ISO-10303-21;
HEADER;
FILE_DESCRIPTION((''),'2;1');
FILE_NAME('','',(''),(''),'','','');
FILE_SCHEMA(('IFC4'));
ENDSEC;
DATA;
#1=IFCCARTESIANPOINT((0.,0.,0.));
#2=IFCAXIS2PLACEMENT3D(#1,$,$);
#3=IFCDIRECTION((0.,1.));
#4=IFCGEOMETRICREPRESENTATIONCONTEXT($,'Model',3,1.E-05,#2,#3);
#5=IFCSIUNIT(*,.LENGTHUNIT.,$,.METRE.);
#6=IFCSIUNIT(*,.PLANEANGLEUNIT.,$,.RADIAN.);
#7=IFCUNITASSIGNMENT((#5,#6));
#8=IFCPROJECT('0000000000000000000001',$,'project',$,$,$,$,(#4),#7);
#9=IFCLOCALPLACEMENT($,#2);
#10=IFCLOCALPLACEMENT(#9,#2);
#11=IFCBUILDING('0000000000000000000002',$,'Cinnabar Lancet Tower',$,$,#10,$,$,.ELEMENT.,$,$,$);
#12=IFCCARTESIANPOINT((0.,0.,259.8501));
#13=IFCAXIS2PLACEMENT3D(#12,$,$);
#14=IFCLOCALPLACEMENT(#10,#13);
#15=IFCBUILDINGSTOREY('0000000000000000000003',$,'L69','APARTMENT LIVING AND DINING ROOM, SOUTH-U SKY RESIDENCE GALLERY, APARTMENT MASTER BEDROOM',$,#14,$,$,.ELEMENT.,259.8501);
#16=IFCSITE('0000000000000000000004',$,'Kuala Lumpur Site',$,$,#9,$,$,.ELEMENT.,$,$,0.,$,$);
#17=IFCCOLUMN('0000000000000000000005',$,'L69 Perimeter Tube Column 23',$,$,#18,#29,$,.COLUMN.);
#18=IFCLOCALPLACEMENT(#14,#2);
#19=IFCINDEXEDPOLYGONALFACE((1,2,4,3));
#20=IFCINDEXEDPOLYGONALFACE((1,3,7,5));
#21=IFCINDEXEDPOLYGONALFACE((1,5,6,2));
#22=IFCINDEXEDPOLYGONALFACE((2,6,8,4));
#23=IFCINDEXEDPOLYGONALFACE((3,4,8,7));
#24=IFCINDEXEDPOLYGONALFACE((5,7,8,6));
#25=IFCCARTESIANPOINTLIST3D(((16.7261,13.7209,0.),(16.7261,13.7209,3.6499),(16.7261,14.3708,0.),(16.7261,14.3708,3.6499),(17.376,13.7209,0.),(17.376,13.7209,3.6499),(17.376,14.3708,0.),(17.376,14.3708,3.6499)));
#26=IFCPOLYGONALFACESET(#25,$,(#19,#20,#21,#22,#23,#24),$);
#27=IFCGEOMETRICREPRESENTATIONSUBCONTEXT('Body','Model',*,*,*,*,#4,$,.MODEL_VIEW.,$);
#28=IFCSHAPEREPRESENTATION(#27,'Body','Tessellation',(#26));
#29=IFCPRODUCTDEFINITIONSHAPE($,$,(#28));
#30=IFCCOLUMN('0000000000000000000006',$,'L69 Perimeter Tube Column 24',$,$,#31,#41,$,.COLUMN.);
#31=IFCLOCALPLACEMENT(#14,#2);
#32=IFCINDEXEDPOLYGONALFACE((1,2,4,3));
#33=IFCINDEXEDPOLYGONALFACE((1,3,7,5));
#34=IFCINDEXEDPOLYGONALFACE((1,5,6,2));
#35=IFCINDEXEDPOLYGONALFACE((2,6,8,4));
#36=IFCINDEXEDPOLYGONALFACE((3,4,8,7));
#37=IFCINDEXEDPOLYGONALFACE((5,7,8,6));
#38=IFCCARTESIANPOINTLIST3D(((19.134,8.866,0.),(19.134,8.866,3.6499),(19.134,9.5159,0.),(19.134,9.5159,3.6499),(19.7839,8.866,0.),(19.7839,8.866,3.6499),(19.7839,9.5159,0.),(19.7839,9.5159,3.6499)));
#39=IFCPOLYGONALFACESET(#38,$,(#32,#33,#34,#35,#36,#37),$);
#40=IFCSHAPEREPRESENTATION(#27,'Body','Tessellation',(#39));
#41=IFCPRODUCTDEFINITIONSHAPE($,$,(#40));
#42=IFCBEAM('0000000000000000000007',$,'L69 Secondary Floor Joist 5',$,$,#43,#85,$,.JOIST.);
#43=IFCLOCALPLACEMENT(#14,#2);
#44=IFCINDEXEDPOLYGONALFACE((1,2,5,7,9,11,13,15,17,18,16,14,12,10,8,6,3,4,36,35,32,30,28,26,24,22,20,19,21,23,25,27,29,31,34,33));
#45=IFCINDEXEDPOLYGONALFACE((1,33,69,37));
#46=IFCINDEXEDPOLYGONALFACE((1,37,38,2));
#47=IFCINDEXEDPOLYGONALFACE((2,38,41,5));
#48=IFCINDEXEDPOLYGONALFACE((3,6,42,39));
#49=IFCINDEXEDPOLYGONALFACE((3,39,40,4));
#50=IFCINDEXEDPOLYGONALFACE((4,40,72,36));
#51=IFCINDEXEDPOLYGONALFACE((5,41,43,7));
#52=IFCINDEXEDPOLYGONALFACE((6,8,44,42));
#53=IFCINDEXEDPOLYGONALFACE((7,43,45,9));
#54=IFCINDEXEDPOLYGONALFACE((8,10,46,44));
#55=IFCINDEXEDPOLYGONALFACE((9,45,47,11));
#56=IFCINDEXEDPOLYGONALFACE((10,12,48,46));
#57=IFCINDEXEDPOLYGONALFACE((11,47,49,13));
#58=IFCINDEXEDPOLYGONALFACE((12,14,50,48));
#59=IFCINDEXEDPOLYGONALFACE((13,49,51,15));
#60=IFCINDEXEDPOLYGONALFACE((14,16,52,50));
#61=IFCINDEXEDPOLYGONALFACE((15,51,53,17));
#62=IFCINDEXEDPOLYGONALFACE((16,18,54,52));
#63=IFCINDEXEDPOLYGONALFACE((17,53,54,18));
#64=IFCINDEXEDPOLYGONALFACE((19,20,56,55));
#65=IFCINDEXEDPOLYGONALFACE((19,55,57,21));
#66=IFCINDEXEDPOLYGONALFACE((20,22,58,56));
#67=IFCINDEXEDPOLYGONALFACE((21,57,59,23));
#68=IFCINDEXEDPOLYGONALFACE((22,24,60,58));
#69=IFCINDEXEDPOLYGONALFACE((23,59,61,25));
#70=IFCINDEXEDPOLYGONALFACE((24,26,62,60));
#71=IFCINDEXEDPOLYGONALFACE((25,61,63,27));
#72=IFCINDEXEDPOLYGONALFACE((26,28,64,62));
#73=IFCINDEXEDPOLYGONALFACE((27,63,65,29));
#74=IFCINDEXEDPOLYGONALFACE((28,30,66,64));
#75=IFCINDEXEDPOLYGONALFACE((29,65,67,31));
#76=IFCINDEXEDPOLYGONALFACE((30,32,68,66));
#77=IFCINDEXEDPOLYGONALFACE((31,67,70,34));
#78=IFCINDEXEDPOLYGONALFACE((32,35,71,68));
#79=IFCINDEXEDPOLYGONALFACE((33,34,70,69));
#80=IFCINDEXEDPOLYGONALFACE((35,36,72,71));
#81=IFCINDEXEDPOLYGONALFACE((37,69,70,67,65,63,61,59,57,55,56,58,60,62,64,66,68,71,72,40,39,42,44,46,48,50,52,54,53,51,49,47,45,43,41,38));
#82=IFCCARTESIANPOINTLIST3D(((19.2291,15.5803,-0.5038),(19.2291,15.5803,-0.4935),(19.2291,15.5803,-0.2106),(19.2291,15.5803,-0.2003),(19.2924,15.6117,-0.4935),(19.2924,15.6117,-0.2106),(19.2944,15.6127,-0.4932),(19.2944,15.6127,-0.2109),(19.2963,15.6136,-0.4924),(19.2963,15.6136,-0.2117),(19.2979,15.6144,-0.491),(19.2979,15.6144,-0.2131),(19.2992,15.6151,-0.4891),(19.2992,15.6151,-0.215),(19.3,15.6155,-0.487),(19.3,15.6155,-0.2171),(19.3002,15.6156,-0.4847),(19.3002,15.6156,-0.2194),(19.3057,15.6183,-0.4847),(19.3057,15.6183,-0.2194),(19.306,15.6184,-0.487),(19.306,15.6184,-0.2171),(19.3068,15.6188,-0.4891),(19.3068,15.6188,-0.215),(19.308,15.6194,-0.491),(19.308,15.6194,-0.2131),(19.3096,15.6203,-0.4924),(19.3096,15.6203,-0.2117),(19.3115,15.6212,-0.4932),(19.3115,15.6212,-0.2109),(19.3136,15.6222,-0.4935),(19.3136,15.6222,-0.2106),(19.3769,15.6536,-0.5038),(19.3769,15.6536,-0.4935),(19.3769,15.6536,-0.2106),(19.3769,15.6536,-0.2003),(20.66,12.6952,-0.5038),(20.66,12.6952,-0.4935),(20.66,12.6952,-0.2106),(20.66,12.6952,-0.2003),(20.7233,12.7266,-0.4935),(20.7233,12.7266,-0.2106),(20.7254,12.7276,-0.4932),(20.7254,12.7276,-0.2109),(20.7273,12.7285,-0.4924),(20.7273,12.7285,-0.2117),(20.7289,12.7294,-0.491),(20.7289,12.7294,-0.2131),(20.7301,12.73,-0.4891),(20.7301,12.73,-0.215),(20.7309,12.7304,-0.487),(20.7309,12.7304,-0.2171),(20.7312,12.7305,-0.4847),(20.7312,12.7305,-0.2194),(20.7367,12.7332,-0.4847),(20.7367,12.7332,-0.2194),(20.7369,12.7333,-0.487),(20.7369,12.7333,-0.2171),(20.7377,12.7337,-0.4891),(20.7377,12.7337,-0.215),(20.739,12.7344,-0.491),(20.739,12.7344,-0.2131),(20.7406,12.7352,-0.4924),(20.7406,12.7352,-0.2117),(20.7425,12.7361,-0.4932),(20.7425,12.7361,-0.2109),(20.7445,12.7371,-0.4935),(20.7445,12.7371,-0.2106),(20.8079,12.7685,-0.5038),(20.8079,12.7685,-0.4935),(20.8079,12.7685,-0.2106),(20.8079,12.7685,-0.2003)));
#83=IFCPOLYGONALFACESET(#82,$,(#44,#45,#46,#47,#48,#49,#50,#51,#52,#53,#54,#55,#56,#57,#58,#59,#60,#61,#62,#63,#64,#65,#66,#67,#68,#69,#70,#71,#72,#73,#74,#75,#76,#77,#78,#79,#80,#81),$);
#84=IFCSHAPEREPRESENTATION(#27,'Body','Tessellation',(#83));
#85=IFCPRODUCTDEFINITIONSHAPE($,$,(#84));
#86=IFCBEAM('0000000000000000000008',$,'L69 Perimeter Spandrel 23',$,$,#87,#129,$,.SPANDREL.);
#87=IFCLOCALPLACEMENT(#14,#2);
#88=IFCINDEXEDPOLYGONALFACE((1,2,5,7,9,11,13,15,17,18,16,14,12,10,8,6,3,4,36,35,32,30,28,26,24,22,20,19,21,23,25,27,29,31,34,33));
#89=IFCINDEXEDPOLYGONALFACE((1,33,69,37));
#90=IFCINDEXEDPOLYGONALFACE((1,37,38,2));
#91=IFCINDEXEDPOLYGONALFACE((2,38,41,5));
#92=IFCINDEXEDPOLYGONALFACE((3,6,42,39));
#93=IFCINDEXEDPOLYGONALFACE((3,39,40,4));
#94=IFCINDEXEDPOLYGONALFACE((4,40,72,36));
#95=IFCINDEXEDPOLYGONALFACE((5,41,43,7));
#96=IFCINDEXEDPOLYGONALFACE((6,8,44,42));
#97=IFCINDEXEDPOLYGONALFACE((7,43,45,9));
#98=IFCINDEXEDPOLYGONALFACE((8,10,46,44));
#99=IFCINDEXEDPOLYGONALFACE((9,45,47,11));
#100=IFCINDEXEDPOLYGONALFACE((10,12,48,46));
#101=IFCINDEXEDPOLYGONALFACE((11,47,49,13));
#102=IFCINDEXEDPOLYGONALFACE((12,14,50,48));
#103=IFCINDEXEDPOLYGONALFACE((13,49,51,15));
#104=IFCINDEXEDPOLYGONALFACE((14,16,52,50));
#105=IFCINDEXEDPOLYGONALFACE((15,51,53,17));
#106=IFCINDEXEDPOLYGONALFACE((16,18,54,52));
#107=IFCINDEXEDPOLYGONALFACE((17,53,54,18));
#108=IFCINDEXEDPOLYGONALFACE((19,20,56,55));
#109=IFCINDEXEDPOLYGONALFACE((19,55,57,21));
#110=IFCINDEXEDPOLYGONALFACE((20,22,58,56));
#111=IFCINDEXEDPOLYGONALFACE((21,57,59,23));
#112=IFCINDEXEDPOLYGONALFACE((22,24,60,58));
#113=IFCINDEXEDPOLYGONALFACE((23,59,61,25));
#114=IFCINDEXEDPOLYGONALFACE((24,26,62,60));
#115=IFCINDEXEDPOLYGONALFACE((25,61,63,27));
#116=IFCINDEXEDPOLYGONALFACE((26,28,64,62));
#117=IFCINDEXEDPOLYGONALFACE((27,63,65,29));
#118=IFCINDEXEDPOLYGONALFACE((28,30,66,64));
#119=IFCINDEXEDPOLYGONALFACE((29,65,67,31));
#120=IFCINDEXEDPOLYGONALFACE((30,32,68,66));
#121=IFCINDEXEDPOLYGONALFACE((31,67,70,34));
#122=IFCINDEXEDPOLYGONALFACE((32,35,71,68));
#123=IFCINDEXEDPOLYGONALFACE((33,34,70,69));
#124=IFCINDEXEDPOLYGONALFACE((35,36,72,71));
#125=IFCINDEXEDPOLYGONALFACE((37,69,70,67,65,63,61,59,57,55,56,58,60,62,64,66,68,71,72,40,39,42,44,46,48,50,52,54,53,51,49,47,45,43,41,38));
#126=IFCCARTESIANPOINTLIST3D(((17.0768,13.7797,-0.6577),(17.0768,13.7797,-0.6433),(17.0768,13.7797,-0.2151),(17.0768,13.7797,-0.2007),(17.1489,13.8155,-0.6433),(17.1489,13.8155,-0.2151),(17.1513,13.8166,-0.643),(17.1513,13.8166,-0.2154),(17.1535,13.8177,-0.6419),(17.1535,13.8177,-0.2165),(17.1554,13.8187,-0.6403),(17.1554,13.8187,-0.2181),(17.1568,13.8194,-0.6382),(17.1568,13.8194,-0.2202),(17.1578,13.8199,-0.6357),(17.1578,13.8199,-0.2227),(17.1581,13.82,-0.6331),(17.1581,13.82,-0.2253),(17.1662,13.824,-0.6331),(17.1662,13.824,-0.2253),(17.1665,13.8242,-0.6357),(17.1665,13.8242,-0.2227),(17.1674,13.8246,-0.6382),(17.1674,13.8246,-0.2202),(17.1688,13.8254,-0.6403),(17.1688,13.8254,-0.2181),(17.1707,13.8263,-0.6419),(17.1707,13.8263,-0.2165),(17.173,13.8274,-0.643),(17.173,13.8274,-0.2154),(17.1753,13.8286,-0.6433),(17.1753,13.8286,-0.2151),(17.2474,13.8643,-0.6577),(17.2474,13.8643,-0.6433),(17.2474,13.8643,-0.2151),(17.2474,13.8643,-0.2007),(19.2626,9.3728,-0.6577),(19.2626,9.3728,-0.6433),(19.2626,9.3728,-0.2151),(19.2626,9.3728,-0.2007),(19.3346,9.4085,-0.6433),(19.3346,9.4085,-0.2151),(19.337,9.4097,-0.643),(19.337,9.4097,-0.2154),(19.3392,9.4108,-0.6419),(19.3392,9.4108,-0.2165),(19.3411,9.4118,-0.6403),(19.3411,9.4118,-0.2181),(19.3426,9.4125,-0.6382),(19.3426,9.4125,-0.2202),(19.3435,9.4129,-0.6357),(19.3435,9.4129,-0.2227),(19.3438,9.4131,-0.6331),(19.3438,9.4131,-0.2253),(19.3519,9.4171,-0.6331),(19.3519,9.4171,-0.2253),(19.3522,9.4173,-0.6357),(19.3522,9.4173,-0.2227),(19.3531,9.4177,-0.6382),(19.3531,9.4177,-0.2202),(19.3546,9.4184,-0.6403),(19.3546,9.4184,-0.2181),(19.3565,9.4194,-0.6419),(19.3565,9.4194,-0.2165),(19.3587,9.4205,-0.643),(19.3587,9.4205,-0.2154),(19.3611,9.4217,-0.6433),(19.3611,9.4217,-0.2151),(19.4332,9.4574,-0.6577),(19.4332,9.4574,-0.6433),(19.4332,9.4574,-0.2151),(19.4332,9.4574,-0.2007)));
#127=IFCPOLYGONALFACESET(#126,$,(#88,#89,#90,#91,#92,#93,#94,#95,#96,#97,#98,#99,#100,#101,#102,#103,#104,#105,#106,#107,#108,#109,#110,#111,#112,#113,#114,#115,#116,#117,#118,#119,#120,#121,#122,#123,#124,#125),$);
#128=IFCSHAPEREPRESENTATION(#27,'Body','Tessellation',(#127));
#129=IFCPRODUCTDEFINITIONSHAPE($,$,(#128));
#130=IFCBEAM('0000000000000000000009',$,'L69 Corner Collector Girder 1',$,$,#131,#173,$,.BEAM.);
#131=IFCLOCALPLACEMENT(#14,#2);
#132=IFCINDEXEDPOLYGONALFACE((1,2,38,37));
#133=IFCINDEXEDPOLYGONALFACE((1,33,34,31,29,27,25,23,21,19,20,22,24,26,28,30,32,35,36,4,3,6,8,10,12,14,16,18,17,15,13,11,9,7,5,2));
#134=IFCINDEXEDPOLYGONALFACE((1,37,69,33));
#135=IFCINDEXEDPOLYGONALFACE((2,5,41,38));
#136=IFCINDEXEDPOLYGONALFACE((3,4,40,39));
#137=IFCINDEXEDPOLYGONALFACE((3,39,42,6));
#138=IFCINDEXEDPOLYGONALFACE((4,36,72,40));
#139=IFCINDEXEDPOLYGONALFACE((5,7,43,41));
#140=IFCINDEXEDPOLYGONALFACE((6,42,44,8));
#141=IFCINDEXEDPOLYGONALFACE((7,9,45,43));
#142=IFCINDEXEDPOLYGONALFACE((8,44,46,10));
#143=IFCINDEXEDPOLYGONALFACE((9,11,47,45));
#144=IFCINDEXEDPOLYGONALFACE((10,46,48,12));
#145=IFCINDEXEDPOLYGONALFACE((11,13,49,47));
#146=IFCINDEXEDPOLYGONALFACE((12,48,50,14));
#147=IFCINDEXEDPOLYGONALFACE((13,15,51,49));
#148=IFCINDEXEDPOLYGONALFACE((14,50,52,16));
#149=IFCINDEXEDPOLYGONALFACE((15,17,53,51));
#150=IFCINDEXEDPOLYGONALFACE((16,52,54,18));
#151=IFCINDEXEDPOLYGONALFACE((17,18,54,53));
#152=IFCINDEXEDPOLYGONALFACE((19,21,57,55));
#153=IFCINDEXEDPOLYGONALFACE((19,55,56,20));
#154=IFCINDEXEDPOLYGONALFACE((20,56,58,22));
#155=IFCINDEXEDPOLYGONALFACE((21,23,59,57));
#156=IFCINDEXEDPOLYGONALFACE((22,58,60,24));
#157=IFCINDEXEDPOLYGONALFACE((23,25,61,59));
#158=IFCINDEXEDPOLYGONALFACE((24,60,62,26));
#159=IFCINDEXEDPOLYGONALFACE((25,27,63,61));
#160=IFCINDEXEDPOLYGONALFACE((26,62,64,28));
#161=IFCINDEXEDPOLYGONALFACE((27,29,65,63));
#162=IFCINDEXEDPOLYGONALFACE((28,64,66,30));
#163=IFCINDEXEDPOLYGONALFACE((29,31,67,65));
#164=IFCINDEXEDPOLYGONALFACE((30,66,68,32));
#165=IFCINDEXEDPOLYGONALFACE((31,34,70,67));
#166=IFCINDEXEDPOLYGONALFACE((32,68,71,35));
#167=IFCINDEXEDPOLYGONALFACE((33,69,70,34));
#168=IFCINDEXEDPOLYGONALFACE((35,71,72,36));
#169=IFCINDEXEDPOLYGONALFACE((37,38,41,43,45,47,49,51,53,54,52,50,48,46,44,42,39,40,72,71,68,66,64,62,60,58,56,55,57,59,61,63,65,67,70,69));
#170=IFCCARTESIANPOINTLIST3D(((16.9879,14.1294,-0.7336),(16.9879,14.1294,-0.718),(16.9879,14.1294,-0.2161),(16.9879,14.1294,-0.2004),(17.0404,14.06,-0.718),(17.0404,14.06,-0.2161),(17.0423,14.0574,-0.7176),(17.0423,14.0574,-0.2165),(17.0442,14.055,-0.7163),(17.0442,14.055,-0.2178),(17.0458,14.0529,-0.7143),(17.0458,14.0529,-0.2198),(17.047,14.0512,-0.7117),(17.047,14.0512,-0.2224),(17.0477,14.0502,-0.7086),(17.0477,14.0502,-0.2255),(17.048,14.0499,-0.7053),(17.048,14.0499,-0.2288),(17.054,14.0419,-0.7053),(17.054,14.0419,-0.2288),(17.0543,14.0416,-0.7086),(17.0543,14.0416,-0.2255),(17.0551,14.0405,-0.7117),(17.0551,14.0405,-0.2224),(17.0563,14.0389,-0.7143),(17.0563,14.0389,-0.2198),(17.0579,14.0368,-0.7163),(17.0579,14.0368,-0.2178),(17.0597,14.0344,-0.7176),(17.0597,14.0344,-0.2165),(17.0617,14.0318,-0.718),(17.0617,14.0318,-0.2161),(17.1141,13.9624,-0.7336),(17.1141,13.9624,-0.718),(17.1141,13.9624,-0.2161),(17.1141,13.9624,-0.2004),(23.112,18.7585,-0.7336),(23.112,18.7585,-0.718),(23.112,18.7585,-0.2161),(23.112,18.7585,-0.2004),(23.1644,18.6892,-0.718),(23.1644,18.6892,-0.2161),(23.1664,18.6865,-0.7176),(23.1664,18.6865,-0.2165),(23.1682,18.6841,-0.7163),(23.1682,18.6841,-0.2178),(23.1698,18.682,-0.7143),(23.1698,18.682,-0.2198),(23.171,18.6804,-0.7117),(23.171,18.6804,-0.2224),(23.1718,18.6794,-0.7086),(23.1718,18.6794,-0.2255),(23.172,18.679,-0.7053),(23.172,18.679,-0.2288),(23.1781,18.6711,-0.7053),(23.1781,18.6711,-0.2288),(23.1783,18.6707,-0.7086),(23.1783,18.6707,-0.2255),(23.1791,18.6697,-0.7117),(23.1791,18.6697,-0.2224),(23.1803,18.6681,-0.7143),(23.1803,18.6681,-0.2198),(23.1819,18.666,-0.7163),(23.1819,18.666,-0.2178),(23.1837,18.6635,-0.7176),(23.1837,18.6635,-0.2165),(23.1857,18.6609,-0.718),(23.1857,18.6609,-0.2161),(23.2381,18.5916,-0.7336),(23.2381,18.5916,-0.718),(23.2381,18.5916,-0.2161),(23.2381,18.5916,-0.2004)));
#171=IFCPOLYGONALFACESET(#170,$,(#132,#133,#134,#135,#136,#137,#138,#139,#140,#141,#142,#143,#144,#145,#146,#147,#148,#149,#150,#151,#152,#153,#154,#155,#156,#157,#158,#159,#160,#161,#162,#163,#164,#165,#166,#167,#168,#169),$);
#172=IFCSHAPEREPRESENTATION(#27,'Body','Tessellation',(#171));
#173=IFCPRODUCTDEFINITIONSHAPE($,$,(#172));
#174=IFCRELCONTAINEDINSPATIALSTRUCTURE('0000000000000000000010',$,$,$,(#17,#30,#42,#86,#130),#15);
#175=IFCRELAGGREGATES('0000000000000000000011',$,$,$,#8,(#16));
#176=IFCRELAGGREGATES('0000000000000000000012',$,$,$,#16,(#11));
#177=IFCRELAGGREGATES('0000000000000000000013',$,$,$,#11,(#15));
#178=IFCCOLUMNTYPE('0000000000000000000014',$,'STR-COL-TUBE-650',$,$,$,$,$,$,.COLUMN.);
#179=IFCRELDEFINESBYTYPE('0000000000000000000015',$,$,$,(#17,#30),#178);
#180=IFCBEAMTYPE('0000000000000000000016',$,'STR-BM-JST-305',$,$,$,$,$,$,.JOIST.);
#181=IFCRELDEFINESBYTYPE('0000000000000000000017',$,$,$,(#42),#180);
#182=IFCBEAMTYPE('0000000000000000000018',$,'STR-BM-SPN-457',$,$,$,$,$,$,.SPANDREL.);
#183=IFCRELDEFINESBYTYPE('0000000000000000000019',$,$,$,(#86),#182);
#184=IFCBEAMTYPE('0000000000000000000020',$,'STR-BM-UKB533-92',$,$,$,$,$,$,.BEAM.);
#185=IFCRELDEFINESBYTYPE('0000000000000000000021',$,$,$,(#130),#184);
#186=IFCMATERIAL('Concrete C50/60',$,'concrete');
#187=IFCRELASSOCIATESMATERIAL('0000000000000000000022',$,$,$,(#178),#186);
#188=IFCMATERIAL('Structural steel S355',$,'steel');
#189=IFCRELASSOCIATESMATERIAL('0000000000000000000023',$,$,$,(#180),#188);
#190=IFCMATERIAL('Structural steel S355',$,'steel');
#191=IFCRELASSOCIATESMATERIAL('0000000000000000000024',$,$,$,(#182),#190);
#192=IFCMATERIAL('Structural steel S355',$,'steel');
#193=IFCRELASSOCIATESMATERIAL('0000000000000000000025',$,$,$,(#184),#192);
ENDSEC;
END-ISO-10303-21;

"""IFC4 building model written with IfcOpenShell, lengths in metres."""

from ifc_helpers import new_model, si_unit, direction, frame, origin, origin_2d, place, context, subcontext, project, spatial, rectangle, i_section, extrude, material, material_profile, profile_set, type_object, element, save


model = new_model("IFC4")

# Units and contexts
model_context = context("Model", 3, precision=1e-05, world=origin(), true_north=direction((0.0, 1.0)))
body_context = subcontext(model_context, "Body", "Model", "MODEL_VIEW")
ifc_project = project(units=[si_unit("LENGTHUNIT", "METRE"), si_unit("PLANEANGLEUNIT", "RADIAN")], contexts=[model_context])

# Site, building, storey
site_placement = place(None, origin())
site = spatial("IfcSite", under=ifc_project, at=site_placement, Name="Kuala Lumpur Site", CompositionType="ELEMENT", RefElevation=0.0)
building_placement = place(site_placement, origin())
building = spatial("IfcBuilding", under=site, at=building_placement, Name="Cinnabar Lancet Tower", CompositionType="ELEMENT")
storey_placement = place(building_placement, frame((0.0, 0.0, 259.8501)))
storey = spatial("IfcBuildingStorey", under=building, at=storey_placement, Name="L69", Description="APARTMENT LIVING AND DINING ROOM, SOUTH-U SKY RESIDENCE GALLERY, APARTMENT MASTER BEDROOM", CompositionType="ELEMENT", Elevation=259.8501)

# Columns
ifc_material_1 = material(Name="Concrete C50/60", Category="concrete")
ifc_material_profile_1 = material_profile(ifc_material_1, rectangle(XDim=0.6499, YDim=0.6499, at=origin_2d()), Name="RC-COL 650x650")
ifc_profile_set_1 = profile_set([ifc_material_profile_1], Name="Concrete C50/60")
column_type = type_object("IfcColumnType", Name="STR-COL-TUBE-650", PredefinedType="COLUMN", material=ifc_profile_set_1)
for number, where, z_axis, x_axis, name in (
    (1, (17.051, 14.0459, 0.0), (0.0, 0.0, 1.0), (1.0, 0.0, 0.0), "L69 Perimeter Tube Column 23"),
    (2, (19.459, 9.1909, 0.0), (0.0, 0.0, 1.0), (1.0, 0.0, 0.0), "L69 Perimeter Tube Column 24"),
):
    element("IfcColumn", number, at=place(storey_placement, frame(where, z_axis=z_axis, x_axis=x_axis)), inside=storey, type_object=column_type, Name=name, PredefinedType="COLUMN", context=body_context, shape_type="SweptSolid", body=[
        extrude(rectangle(XDim=0.6499, YDim=0.6499, at=origin_2d()), origin(), (0.0, 0.0, 1.0), 3.6499),
    ])

# Beams
ifc_material_2 = material(Name="Structural steel S355", Category="steel")
ifc_material_profile_2 = material_profile(ifc_material_2, i_section(OverallWidth=0.165, OverallDepth=0.3035, WebThickness=0.0061, FlangeThickness=0.0103, FilletRadius=0.0088, at=origin_2d()), Name="UKB 305x165x40")
ifc_profile_set_2 = profile_set([ifc_material_profile_2], Name="Structural steel S355")
beam_type_1 = type_object("IfcBeamType", Name="STR-BM-JST-305", PredefinedType="JOIST", material=ifc_profile_set_2)
beam_1_placement = place(storey_placement, frame((19.303, 15.6169, -0.3521), z_axis=(0.44433, -0.895863, 0.0), x_axis=(0.895863, 0.44433, 0.0)))
element("IfcBeam", 3, at=beam_1_placement, inside=storey, type_object=beam_type_1, Name="L69 Secondary Floor Joist 5", PredefinedType="JOIST", context=body_context, shape_type="SweptSolid", body=[
    extrude(i_section(OverallWidth=0.165, OverallDepth=0.3035, WebThickness=0.0061, FlangeThickness=0.0103, FilletRadius=0.0088, at=origin_2d()), origin(), (0.0, 0.0, 1.0), 3.2205),
])
ifc_material_3 = material(Name="Structural steel S355", Category="steel")
ifc_material_profile_3 = material_profile(ifc_material_3, i_section(OverallWidth=0.1904, OverallDepth=0.457, WebThickness=0.009, FlangeThickness=0.0144, FilletRadius=0.0103, at=origin_2d()), Name="UKB 457x191x74")
ifc_profile_set_3 = profile_set([ifc_material_profile_3], Name="Structural steel S355")
beam_type_2 = type_object("IfcBeamType", Name="STR-BM-SPN-457", PredefinedType="SPANDREL", material=ifc_profile_set_3)
beam_2_placement = place(storey_placement, frame((17.1621, 13.822, -0.4292), z_axis=(0.444333, -0.895862, 0.0), x_axis=(0.895862, 0.444333, 0.0)))
element("IfcBeam", 4, at=beam_2_placement, inside=storey, type_object=beam_type_2, Name="L69 Perimeter Spandrel 23", PredefinedType="SPANDREL", context=body_context, shape_type="SweptSolid", body=[
    extrude(i_section(OverallWidth=0.1904, OverallDepth=0.457, WebThickness=0.009, FlangeThickness=0.0144, FilletRadius=0.0103, at=origin_2d()), origin(), (0.0, 0.0, 1.0), 4.9192),
])
ifc_material_4 = material(Name="Structural steel S355", Category="steel")
ifc_material_profile_4 = material_profile(ifc_material_4, i_section(OverallWidth=0.2092, OverallDepth=0.5332, WebThickness=0.01, FlangeThickness=0.0156, FilletRadius=0.0127, at=origin_2d()), Name="UKB 533x210x92")
ifc_profile_set_4 = profile_set([ifc_material_profile_4], Name="Structural steel S355")
beam_type_3 = type_object("IfcBeamType", Name="STR-BM-UKB533-92", PredefinedType="BEAM", material=ifc_profile_set_4)
beam_3_placement = place(storey_placement, frame((17.051, 14.0459, -0.467), z_axis=(0.797735, 0.603008, 0.0), x_axis=(-0.603008, 0.797735, 0.0)))
element("IfcBeam", 5, at=beam_3_placement, inside=storey, type_object=beam_type_3, Name="L69 Corner Collector Girder 1", PredefinedType="BEAM", context=body_context, shape_type="SweptSolid", body=[
    extrude(i_section(OverallWidth=0.2092, OverallDepth=0.5332, WebThickness=0.01, FlangeThickness=0.0156, FilletRadius=0.0127, at=origin_2d()), origin(), (0.0, 0.0, 1.0), 7.6768),
])

save(model, "model.ifc")
